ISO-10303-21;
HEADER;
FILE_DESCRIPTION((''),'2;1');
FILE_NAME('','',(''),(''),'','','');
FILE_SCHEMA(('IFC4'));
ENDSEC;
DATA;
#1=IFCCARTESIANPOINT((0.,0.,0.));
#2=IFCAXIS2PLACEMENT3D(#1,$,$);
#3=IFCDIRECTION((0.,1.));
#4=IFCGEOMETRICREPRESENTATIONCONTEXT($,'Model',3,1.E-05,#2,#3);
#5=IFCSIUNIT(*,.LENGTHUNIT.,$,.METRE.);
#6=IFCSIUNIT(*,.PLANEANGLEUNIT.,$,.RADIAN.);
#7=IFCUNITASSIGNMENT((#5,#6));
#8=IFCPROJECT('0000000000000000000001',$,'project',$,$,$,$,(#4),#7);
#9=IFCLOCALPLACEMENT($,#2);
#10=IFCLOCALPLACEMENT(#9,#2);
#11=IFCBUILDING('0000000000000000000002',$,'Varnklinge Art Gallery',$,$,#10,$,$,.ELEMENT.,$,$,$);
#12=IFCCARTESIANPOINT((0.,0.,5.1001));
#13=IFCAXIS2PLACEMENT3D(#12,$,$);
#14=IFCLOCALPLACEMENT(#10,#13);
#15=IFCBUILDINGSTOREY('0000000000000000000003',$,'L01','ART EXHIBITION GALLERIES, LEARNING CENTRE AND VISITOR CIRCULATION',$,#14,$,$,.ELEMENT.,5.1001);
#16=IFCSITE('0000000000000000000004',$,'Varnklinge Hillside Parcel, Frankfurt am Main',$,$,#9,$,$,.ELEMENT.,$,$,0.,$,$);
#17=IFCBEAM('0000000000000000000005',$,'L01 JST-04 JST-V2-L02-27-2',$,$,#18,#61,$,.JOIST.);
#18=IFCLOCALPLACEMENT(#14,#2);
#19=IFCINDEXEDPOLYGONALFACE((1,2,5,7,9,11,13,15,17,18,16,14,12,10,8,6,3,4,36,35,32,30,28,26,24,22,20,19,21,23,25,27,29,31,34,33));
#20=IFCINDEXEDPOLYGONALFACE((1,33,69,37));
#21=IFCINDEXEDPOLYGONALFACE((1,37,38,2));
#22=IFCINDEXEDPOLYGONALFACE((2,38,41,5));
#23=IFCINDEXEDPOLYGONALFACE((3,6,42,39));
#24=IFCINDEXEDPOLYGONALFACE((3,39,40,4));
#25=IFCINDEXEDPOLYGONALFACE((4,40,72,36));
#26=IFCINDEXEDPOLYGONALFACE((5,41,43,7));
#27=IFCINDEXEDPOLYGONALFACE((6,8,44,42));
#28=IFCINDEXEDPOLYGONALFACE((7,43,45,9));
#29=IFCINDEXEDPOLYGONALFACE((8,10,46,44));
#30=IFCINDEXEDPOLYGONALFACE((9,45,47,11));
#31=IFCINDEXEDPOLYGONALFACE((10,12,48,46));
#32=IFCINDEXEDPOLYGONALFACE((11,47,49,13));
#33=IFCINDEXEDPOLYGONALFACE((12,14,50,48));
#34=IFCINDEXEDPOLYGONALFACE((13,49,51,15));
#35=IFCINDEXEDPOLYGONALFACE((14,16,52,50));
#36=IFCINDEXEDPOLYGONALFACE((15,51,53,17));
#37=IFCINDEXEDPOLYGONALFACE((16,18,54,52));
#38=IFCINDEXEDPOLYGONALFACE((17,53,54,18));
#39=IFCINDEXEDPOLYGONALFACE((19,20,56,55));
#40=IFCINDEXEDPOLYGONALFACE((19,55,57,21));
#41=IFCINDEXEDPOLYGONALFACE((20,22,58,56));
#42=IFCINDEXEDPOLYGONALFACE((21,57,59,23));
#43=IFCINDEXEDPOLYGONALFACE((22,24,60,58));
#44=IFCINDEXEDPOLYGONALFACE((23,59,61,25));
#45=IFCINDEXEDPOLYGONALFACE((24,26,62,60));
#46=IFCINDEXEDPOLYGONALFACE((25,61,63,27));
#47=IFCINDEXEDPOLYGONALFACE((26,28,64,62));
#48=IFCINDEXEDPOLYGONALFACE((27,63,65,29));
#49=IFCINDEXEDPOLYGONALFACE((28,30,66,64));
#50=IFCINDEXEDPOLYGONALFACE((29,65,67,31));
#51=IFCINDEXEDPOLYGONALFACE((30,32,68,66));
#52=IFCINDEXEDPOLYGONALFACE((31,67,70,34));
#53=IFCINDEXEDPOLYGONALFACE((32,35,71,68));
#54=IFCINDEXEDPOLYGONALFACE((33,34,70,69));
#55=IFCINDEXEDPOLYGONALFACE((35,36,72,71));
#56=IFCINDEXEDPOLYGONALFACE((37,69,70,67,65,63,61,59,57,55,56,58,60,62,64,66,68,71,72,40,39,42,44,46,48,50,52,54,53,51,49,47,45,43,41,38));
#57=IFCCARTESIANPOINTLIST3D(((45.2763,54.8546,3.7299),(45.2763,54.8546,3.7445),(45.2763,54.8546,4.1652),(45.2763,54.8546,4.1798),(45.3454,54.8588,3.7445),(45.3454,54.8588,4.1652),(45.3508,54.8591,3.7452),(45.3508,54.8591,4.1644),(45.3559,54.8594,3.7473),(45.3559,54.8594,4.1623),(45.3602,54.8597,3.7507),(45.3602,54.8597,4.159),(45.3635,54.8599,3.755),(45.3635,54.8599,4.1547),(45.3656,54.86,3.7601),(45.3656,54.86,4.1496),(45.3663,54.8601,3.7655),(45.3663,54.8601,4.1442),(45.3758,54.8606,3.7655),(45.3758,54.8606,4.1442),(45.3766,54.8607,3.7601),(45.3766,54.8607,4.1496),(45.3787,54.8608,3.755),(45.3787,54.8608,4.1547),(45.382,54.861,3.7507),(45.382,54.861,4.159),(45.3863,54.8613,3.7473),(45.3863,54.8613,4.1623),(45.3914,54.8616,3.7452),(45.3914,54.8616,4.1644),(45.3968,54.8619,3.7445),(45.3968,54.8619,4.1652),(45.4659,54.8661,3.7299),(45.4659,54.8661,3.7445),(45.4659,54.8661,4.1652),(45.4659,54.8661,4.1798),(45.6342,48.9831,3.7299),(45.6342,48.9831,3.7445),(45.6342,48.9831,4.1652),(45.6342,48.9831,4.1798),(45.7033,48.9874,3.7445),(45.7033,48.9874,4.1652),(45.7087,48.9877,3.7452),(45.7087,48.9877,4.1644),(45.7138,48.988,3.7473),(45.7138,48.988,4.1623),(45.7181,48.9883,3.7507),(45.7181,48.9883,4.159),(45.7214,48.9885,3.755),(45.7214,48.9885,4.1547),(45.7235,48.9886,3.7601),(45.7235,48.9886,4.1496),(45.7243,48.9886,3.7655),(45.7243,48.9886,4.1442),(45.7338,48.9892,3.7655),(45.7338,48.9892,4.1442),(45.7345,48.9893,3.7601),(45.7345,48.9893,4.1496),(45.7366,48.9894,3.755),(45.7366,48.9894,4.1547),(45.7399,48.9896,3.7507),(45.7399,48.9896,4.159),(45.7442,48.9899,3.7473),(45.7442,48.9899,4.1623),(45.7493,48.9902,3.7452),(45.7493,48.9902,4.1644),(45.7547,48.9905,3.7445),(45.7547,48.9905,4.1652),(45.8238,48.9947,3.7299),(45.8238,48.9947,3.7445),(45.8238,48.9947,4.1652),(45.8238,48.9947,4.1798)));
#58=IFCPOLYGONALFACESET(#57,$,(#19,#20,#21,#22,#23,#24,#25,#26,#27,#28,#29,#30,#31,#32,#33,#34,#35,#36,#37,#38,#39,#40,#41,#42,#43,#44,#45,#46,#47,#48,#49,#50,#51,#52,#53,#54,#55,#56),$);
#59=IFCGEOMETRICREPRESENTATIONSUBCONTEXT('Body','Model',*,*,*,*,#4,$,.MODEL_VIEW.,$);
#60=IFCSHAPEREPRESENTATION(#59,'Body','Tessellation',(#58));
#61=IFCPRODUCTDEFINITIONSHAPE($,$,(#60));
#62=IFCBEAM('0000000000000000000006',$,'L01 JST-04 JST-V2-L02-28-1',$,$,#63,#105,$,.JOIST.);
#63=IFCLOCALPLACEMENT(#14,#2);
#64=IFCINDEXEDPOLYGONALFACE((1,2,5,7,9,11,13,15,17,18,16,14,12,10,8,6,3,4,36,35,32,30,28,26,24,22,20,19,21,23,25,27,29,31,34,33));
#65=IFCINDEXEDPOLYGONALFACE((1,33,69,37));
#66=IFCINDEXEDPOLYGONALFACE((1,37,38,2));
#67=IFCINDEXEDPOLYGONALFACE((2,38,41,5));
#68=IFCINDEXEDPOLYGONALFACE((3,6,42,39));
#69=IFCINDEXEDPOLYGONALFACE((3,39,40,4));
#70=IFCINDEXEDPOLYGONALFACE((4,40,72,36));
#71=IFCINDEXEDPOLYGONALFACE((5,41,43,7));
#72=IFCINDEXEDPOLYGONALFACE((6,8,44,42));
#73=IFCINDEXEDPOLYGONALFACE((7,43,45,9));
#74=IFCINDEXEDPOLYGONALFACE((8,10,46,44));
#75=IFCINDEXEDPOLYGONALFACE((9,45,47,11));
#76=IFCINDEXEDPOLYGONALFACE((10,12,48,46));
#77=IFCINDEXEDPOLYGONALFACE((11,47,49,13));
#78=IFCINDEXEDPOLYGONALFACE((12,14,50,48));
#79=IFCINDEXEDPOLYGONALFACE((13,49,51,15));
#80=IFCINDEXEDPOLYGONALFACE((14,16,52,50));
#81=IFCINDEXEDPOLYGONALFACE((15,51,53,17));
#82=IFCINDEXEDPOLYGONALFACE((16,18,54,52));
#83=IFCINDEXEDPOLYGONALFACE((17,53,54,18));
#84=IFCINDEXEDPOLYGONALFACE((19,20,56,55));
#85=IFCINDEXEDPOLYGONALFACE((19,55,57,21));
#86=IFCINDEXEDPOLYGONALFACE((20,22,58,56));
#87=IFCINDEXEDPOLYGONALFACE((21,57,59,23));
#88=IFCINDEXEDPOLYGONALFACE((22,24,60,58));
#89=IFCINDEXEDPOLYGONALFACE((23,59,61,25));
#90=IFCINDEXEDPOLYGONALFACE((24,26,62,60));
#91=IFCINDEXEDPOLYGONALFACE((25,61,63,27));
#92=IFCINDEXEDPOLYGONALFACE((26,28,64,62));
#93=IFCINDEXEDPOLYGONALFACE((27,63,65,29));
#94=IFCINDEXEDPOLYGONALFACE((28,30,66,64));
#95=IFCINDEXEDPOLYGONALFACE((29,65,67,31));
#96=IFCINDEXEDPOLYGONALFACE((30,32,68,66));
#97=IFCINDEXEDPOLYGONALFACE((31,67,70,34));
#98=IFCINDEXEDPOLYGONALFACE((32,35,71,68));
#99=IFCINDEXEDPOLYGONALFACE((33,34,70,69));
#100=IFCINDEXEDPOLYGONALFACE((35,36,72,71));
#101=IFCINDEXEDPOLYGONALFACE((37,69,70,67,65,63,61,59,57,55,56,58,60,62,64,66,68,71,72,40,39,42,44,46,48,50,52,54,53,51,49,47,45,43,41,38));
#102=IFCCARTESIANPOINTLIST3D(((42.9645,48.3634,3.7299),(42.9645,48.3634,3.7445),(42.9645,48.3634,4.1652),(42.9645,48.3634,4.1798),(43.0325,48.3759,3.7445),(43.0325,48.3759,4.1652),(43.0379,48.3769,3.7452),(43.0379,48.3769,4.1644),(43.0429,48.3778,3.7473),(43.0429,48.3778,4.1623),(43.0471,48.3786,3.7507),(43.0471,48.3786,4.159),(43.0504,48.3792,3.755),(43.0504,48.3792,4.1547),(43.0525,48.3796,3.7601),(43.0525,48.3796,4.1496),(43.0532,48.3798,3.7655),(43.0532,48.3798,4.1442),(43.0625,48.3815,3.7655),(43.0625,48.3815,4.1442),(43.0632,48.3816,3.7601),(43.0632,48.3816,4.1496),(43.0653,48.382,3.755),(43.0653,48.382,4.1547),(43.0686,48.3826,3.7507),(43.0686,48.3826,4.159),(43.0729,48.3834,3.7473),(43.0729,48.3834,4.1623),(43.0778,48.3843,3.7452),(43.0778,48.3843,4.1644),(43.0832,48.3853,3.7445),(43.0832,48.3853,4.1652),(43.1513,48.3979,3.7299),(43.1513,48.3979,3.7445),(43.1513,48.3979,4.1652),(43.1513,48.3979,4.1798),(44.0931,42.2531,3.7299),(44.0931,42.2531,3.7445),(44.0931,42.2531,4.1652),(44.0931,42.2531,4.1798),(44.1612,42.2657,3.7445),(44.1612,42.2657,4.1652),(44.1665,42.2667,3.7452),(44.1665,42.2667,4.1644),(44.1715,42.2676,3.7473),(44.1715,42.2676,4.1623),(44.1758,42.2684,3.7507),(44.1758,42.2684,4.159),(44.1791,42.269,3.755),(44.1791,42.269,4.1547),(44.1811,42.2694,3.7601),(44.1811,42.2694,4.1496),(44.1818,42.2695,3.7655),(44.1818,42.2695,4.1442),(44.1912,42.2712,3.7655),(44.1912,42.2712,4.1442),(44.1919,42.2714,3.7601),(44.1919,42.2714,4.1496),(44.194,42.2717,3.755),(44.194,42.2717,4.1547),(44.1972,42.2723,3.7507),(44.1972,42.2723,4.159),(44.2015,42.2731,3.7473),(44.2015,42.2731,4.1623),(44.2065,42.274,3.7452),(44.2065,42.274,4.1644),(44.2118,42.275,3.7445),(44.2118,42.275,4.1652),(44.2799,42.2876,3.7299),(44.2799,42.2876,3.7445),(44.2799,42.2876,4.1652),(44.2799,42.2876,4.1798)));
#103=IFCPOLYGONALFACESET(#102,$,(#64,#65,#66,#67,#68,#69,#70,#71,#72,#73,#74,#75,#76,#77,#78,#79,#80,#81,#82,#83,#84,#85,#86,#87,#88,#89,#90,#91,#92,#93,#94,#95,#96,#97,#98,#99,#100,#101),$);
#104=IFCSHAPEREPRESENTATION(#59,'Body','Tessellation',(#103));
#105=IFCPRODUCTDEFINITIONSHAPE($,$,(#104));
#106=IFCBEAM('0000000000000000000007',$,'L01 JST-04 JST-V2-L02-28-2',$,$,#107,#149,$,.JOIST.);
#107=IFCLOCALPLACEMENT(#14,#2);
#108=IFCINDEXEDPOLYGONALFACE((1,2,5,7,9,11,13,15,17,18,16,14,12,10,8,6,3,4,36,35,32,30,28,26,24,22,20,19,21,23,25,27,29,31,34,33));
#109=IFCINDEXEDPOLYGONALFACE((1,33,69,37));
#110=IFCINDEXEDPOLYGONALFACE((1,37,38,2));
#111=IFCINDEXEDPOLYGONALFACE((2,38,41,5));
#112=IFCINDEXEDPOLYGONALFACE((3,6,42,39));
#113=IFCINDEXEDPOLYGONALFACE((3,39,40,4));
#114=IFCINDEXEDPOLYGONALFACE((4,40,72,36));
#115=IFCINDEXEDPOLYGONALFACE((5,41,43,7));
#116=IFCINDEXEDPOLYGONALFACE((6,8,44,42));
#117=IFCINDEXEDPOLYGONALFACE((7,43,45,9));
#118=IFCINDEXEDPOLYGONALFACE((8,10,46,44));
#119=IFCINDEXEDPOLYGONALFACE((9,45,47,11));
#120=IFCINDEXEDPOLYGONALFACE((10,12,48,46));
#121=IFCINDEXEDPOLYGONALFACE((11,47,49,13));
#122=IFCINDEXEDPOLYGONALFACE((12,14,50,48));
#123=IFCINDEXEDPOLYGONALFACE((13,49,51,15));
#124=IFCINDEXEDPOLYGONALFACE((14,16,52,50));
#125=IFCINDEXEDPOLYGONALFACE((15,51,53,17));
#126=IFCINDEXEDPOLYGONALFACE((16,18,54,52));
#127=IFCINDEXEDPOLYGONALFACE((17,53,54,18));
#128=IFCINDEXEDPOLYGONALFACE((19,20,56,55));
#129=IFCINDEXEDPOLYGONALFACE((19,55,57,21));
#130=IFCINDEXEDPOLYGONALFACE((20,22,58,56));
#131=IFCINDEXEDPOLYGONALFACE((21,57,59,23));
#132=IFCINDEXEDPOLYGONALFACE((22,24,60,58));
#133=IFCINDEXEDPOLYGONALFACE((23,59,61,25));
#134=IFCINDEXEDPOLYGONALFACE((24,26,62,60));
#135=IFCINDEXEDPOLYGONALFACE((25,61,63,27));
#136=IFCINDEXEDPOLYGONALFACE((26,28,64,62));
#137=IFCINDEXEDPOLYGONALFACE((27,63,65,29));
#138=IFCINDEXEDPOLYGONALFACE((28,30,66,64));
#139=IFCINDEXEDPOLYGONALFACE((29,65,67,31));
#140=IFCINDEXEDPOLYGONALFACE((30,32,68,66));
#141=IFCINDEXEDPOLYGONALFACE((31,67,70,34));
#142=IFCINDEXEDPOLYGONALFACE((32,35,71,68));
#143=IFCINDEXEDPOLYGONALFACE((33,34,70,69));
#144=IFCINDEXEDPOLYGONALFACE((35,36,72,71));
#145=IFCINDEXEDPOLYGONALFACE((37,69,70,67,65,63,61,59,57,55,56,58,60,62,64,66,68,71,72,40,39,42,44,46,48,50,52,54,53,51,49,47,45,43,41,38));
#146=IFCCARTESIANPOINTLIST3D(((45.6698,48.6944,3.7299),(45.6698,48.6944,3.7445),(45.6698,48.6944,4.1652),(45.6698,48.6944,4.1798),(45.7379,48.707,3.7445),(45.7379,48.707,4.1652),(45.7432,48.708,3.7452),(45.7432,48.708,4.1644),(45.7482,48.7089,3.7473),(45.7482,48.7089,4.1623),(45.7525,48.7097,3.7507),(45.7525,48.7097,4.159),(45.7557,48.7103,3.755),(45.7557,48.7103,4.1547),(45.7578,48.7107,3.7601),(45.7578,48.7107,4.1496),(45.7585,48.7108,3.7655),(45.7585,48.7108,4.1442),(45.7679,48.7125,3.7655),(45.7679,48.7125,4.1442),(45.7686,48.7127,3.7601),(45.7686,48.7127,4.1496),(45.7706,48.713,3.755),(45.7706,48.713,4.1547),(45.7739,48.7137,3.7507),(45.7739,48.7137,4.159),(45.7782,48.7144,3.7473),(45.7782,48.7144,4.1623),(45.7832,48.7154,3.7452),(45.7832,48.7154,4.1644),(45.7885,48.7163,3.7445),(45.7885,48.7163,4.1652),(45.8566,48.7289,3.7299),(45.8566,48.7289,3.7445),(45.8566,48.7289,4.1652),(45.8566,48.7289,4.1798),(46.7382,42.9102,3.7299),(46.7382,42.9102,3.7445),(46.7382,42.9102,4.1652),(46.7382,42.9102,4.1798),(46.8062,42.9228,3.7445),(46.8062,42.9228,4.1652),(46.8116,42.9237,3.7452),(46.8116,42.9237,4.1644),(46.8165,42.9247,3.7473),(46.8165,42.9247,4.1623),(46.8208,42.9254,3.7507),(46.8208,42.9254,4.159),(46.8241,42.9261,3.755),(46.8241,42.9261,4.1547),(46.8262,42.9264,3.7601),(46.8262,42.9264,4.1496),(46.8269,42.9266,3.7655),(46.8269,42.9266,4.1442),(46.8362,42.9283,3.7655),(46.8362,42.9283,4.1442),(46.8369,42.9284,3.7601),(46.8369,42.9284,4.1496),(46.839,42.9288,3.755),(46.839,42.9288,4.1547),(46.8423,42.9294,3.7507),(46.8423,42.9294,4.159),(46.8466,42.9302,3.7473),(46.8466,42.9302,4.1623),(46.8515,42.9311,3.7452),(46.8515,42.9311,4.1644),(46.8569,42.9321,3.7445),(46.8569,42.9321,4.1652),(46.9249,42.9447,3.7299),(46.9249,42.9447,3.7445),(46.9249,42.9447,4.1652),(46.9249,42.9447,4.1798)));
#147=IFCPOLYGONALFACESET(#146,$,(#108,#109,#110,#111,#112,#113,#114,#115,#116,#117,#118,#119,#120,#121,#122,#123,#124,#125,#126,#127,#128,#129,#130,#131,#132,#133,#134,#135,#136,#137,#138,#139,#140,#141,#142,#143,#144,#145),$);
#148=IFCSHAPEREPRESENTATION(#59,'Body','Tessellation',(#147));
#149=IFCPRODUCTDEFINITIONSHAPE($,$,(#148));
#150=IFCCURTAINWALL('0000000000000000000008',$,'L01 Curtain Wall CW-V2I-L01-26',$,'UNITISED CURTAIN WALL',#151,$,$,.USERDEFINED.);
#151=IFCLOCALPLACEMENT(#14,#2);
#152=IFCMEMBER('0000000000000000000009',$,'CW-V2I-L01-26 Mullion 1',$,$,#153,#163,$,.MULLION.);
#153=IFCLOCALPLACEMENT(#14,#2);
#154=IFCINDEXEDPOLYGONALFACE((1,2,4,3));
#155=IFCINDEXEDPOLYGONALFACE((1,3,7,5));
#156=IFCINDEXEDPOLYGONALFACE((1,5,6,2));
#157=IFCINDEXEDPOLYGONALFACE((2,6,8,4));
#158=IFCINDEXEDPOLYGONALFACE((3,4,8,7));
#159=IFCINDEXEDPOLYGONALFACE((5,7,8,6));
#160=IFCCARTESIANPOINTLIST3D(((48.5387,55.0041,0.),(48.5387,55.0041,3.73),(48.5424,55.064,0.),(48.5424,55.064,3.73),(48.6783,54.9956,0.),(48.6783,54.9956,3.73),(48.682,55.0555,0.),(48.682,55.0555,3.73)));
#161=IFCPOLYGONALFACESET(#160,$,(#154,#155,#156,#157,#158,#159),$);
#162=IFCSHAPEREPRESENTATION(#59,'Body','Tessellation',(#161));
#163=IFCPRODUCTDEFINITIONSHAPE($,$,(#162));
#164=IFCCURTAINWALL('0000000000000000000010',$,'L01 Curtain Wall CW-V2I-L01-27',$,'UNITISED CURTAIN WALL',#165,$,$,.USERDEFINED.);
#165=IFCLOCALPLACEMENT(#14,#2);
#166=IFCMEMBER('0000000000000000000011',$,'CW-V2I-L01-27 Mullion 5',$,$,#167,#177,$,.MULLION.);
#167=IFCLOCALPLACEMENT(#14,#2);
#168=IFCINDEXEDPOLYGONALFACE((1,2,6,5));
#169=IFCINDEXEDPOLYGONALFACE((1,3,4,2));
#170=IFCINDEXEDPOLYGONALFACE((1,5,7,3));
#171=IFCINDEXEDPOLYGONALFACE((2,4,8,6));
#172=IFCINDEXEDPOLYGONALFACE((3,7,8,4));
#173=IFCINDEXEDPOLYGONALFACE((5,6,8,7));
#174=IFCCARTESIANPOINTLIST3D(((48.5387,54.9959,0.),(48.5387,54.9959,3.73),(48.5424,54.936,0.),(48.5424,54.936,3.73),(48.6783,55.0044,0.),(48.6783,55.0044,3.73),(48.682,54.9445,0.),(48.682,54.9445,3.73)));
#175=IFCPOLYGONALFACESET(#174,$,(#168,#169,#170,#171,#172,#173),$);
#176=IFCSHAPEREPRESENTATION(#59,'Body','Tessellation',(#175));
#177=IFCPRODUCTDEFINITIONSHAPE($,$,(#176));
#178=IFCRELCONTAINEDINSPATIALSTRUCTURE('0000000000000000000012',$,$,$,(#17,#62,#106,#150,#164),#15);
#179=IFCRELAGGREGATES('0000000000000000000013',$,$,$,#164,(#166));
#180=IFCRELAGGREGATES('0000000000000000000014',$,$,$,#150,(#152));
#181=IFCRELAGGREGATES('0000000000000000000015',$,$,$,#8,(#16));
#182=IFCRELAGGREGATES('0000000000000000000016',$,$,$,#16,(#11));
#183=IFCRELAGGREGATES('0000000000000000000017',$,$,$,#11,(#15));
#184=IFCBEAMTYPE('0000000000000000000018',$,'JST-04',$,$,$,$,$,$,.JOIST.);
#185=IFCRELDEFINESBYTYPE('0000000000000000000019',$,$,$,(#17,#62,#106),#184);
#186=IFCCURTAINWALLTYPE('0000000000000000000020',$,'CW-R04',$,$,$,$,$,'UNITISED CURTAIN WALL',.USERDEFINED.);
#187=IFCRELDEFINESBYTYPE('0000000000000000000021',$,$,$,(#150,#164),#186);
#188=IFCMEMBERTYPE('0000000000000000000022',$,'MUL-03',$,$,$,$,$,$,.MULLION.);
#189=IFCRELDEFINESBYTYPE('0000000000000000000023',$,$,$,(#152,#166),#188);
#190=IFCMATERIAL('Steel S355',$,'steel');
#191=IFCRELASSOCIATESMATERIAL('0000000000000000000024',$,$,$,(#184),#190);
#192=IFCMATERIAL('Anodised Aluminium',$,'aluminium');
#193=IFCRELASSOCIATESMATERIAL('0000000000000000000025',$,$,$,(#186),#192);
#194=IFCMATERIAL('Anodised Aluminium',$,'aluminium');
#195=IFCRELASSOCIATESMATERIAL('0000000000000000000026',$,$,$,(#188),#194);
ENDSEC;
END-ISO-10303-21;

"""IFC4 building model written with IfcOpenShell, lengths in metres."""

from ifc_helpers import new_model, si_unit, direction, frame, origin, origin_2d, place, context, subcontext, project, spatial, rectangle, i_section, extrude, material, material_profile, profile_set, type_object, element, aggregate, save


model = new_model("IFC4")

# Units and contexts
model_context = context("Model", 3, precision=1e-05, world=origin(), true_north=direction((0.0, 1.0)))
body_context = subcontext(model_context, "Body", "Model", "MODEL_VIEW")
ifc_project = project(units=[si_unit("LENGTHUNIT", "METRE"), si_unit("PLANEANGLEUNIT", "RADIAN")], contexts=[model_context])

# Site, building, storey
site_placement = place(None, origin())
site = spatial("IfcSite", under=ifc_project, at=site_placement, Name="Varnklinge Hillside Parcel, Frankfurt am Main", CompositionType="ELEMENT", RefElevation=0.0)
building_placement = place(site_placement, origin())
building = spatial("IfcBuilding", under=site, at=building_placement, Name="Varnklinge Art Gallery", CompositionType="ELEMENT")
storey_placement = place(building_placement, frame((0.0, 0.0, 5.1001)))
storey = spatial("IfcBuildingStorey", under=building, at=storey_placement, Name="L01", Description="ART EXHIBITION GALLERIES, LEARNING CENTRE AND VISITOR CIRCULATION", CompositionType="ELEMENT", Elevation=5.1001)

# Beams
ifc_material_1 = material(Name="Steel S355", Category="steel")
ifc_material_profile_1 = material_profile(ifc_material_1, i_section(OverallWidth=0.1899, OverallDepth=0.45, WebThickness=0.0095, FlangeThickness=0.0146, FilletRadius=0.021, at=origin_2d()), Name="IPE 450")
ifc_profile_set_1 = profile_set([ifc_material_profile_1], Name="Steel S355")
beam_type_1 = type_object("IfcBeamType", Name="JST-04", PredefinedType="JOIST", material=ifc_profile_set_1)
beam_1_placement = place(storey_placement, frame((45.3711, 54.8604, 3.9548), z_axis=(0.060846, -0.998147, 0.0), x_axis=(0.998147, 0.060846, 0.0)))
element("IfcBeam", 1, at=beam_1_placement, inside=storey, type_object=beam_type_1, Name="L01 JST-04 JST-V2-L02-27-2", PredefinedType="JOIST", context=body_context, shape_type="SweptSolid", body=[
    extrude(i_section(OverallWidth=0.1899, OverallDepth=0.45, WebThickness=0.0095, FlangeThickness=0.0146, FilletRadius=0.021, at=origin_2d()), origin(), (0.0, 0.0, 1.0), 5.8823),
])
beam_2_placement = place(storey_placement, frame((43.0579, 48.3806, 3.9548), z_axis=(0.18164, -0.983365, 0.0), x_axis=(0.983365, 0.18164, 0.0)))
element("IfcBeam", 2, at=beam_2_placement, inside=storey, type_object=beam_type_1, Name="L01 JST-04 JST-V2-L02-28-1", PredefinedType="JOIST", context=body_context, shape_type="SweptSolid", body=[
    extrude(i_section(OverallWidth=0.1899, OverallDepth=0.45, WebThickness=0.0095, FlangeThickness=0.0146, FilletRadius=0.021, at=origin_2d()), origin(), (0.0, 0.0, 1.0), 6.2136),
])
beam_3_placement = place(storey_placement, frame((45.7632, 48.7117, 3.9548), z_axis=(0.181631, -0.983367, 0.0), x_axis=(0.983367, 0.181631, 0.0)))
element("IfcBeam", 3, at=beam_3_placement, inside=storey, type_object=beam_type_1, Name="L01 JST-04 JST-V2-L02-28-2", PredefinedType="JOIST", context=body_context, shape_type="SweptSolid", body=[
    extrude(i_section(OverallWidth=0.1899, OverallDepth=0.45, WebThickness=0.0095, FlangeThickness=0.0146, FilletRadius=0.021, at=origin_2d()), origin(), (0.0, 0.0, 1.0), 5.8821),
])

# Curtain walls, members
ifc_material_2 = material(Name="Anodised Aluminium", Category="aluminium")
curtain_wall_type_1 = type_object("IfcCurtainWallType", Name="CW-R04", ElementType="UNITISED CURTAIN WALL", PredefinedType="USERDEFINED", material=ifc_material_2)
curtain_wall_1_placement = place(storey_placement, origin())
curtain_wall_1 = element("IfcCurtainWall", 4, at=curtain_wall_1_placement, inside=storey, type_object=curtain_wall_type_1, Name="L01 Curtain Wall CW-V2I-L01-26", ObjectType="UNITISED CURTAIN WALL", PredefinedType="USERDEFINED")
ifc_material_3 = material(Name="Anodised Aluminium", Category="aluminium")
ifc_material_profile_2 = material_profile(ifc_material_3, rectangle(XDim=0.0601, YDim=0.1399, at=origin_2d()), Name="ALU 60x140")
ifc_profile_set_2 = profile_set([ifc_material_profile_2], Name="Anodised Aluminium")
member_type_1 = type_object("IfcMemberType", Name="MUL-03", PredefinedType="MULLION", material=ifc_profile_set_2)
member_1_placement = place(storey_placement, frame((48.6104, 55.0298, 0.0), z_axis=(0.0, 0.0, 1.0), x_axis=(0.060874, 0.998145, 0.0)))
member_1 = element("IfcMember", 5, at=member_1_placement, type_object=member_type_1, Name="CW-V2I-L01-26 Mullion 1", PredefinedType="MULLION", context=body_context, shape_type="SweptSolid", body=[
    extrude(rectangle(XDim=0.0601, YDim=0.1399, at=origin_2d()), origin(), (0.0, 0.0, 1.0), 3.73),
])
curtain_wall_2_placement = place(storey_placement, origin())
curtain_wall_2 = element("IfcCurtainWall", 6, at=curtain_wall_2_placement, inside=storey, type_object=curtain_wall_type_1, Name="L01 Curtain Wall CW-V2I-L01-27", ObjectType="UNITISED CURTAIN WALL", PredefinedType="USERDEFINED")
member_2_placement = place(storey_placement, frame((48.6104, 54.9702, 0.0), z_axis=(0.0, 0.0, 1.0), x_axis=(-0.060874, 0.998145, 0.0)))
member_2 = element("IfcMember", 7, at=member_2_placement, type_object=member_type_1, Name="CW-V2I-L01-27 Mullion 5", PredefinedType="MULLION", context=body_context, shape_type="SweptSolid", body=[
    extrude(rectangle(XDim=0.0601, YDim=0.1399, at=origin_2d()), origin(), (0.0, 0.0, 1.0), 3.73),
])
aggregate(curtain_wall_2, [member_2])

aggregate(curtain_wall_1, [member_1])

save(model, "model.ifc")
